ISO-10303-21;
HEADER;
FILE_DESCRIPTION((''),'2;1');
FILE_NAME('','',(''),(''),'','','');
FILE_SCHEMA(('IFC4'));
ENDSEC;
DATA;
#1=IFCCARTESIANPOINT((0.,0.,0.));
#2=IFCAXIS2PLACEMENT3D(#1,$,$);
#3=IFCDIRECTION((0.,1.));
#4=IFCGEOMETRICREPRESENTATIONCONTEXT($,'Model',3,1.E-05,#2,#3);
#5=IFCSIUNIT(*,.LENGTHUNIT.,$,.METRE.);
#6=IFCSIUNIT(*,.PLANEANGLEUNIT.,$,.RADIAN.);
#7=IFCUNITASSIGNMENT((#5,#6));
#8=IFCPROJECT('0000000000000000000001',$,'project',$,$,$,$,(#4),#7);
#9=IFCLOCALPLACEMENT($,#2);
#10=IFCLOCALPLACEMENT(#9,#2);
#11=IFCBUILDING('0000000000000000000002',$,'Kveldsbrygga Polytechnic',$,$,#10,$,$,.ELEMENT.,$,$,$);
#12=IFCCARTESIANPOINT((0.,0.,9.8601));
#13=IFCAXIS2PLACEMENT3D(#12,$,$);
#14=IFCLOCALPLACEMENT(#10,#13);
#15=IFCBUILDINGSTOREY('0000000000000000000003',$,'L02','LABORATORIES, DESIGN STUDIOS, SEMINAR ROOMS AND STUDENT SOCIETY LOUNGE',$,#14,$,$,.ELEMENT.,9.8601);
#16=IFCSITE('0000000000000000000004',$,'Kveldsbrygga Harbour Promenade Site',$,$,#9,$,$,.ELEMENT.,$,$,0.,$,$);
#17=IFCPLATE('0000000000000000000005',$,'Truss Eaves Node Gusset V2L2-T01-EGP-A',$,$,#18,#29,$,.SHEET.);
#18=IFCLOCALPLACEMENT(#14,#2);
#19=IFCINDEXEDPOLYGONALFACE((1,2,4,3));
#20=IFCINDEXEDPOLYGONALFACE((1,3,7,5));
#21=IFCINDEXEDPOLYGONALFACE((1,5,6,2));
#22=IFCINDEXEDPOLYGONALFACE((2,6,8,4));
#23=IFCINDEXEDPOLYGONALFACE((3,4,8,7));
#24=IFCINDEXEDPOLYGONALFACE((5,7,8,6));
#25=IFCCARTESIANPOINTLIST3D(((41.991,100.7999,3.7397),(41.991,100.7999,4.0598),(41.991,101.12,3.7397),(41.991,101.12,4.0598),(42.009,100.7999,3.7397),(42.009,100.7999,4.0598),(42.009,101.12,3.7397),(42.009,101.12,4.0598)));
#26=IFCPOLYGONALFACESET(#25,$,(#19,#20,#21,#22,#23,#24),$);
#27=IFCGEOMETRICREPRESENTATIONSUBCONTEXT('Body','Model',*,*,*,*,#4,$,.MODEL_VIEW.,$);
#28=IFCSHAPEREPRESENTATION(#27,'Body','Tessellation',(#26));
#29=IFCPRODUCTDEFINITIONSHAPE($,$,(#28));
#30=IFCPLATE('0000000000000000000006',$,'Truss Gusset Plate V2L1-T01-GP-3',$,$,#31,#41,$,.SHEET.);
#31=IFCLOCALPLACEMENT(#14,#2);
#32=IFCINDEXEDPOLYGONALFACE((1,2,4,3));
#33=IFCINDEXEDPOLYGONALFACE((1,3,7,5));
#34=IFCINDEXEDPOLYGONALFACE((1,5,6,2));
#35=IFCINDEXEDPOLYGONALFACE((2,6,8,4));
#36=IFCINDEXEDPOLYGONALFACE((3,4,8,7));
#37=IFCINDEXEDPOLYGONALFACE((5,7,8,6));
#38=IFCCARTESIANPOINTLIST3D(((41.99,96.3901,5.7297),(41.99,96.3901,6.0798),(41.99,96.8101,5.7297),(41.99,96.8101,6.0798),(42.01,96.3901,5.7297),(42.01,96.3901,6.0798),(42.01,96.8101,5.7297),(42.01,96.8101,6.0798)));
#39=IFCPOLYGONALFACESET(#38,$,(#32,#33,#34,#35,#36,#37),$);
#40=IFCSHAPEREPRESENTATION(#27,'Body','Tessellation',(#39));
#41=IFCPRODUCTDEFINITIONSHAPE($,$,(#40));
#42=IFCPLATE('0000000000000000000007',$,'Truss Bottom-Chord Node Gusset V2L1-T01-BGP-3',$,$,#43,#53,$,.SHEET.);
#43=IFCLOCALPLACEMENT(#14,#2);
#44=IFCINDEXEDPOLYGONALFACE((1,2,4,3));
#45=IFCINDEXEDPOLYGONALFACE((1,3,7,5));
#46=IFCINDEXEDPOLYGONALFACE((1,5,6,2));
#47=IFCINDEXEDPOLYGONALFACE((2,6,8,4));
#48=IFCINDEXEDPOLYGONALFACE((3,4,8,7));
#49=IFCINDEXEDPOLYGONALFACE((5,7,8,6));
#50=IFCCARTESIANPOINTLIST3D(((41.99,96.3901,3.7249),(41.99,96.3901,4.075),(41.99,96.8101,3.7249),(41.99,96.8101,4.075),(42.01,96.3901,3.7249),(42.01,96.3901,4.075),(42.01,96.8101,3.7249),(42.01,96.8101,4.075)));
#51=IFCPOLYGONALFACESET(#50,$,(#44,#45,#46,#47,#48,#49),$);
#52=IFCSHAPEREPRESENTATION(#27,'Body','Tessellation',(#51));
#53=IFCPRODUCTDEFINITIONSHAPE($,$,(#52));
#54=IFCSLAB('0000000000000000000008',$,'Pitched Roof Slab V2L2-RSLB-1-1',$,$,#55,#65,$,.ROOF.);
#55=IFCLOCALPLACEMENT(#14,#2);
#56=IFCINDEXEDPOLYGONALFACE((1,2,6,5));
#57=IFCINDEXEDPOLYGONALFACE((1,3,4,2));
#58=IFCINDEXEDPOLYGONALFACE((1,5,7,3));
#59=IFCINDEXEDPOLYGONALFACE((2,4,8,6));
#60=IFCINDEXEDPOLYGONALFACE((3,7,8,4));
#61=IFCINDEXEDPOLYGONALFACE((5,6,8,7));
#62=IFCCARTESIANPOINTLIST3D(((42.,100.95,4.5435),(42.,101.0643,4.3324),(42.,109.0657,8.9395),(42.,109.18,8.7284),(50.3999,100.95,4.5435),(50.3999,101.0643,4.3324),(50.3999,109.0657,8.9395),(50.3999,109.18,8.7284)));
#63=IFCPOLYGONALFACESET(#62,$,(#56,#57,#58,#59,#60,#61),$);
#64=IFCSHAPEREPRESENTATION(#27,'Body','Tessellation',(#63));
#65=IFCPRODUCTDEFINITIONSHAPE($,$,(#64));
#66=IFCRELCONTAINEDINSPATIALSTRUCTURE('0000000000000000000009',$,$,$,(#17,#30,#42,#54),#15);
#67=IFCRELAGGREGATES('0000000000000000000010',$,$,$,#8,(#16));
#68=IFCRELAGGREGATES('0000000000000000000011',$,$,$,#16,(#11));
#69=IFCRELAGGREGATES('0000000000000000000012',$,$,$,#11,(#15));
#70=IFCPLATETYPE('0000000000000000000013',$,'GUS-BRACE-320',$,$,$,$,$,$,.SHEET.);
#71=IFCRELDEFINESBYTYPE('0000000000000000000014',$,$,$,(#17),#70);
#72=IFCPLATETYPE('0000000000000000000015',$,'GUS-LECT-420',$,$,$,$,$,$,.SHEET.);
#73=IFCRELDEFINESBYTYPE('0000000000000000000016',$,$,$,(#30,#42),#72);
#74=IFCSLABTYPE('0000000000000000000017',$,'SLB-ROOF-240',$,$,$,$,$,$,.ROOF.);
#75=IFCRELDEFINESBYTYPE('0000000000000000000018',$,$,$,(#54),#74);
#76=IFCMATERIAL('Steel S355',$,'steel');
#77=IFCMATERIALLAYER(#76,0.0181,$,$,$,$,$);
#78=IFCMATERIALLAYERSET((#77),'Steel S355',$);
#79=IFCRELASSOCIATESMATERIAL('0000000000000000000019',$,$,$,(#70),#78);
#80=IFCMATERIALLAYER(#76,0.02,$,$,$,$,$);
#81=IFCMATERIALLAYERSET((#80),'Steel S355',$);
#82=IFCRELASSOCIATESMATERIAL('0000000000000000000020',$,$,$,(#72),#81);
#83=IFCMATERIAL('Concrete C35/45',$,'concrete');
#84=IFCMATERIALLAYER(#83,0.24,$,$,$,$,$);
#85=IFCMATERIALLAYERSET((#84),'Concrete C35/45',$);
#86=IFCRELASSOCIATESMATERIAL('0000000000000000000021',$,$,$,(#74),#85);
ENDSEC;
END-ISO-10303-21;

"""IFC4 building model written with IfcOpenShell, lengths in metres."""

from ifc_helpers import new_model, si_unit, direction, frame, origin, origin_2d, place, context, subcontext, project, spatial, polyline, rectangle, outline, extrude, material, layer, layer_set, type_object, element, save


model = new_model("IFC4")

# Units and contexts
model_context = context("Model", 3, precision=1e-05, world=origin(), true_north=direction((0.0, 1.0)))
body_context = subcontext(model_context, "Body", "Model", "MODEL_VIEW")
ifc_project = project(units=[si_unit("LENGTHUNIT", "METRE"), si_unit("PLANEANGLEUNIT", "RADIAN")], contexts=[model_context])

# Site, building, storey
site_placement = place(None, origin())
site = spatial("IfcSite", under=ifc_project, at=site_placement, Name="Kveldsbrygga Harbour Promenade Site", CompositionType="ELEMENT", RefElevation=0.0)
building_placement = place(site_placement, origin())
building = spatial("IfcBuilding", under=site, at=building_placement, Name="Kveldsbrygga Polytechnic", CompositionType="ELEMENT")
storey_placement = place(building_placement, frame((0.0, 0.0, 9.8601)))
storey = spatial("IfcBuildingStorey", under=building, at=storey_placement, Name="L02", Description="LABORATORIES, DESIGN STUDIOS, SEMINAR ROOMS AND STUDENT SOCIETY LOUNGE", CompositionType="ELEMENT", Elevation=9.8601)

# Shared definitions
ifc_material_1 = material(Name="Steel S355", Category="steel")

# Plates
ifc_layer_1 = layer(ifc_material_1, 0.0181)
ifc_layer_set_1 = layer_set([ifc_layer_1], Name="Steel S355")
plate_type_1 = type_object("IfcPlateType", Name="GUS-BRACE-320", PredefinedType="SHEET", material=ifc_layer_set_1)
for number, where, z_axis, x_axis, name in (
    (1, (42.0, 100.96, 3.7397), (0.0, 0.0, 1.0), (1.0, 0.0, 0.0), "Truss Eaves Node Gusset V2L2-T01-EGP-A"),
):
    element("IfcPlate", number, at=place(storey_placement, frame(where, z_axis=z_axis, x_axis=x_axis)), inside=storey, type_object=plate_type_1, Name=name, PredefinedType="SHEET", context=body_context, shape_type="SweptSolid", body=[
        extrude(rectangle(XDim=0.0181, YDim=0.3201, at=origin_2d()), origin(), (0.0, 0.0, 1.0), 0.3201),
    ])
ifc_layer_2 = layer(ifc_material_1, 0.02)
ifc_layer_set_2 = layer_set([ifc_layer_2], Name="Steel S355")
plate_type_2 = type_object("IfcPlateType", Name="GUS-LECT-420", PredefinedType="SHEET", material=ifc_layer_set_2)
for number, where, z_axis, x_axis, name in (
    (2, (42.0, 96.6001, 5.7297), (0.0, 0.0, 1.0), (1.0, 0.0, 0.0), "Truss Gusset Plate V2L1-T01-GP-3"),
    (3, (42.0, 96.6001, 3.7249), (0.0, 0.0, 1.0), (1.0, 0.0, 0.0), "Truss Bottom-Chord Node Gusset V2L1-T01-BGP-3"),
):
    element("IfcPlate", number, at=place(storey_placement, frame(where, z_axis=z_axis, x_axis=x_axis)), inside=storey, type_object=plate_type_2, Name=name, PredefinedType="SHEET", context=body_context, shape_type="SweptSolid", body=[
        extrude(rectangle(XDim=0.02, YDim=0.4199, at=origin_2d()), origin(), (0.0, 0.0, 1.0), 0.3501),
    ])

# Slab
ifc_material_2 = material(Name="Concrete C35/45", Category="concrete")
ifc_layer_3 = layer(ifc_material_2, 0.24)
ifc_layer_set_3 = layer_set([ifc_layer_3], Name="Concrete C35/45")
slab_type = type_object("IfcSlabType", Name="SLB-ROOF-240", PredefinedType="ROOF", material=ifc_layer_set_3)
slab_placement = place(storey_placement, frame((42.0, 100.95, 4.5435), z_axis=(0.0, -0.476281, 0.879293), x_axis=(1.0, 0.0, 0.0)))
element("IfcSlab", 4, at=slab_placement, inside=storey, type_object=slab_type, Name="Pitched Roof Slab V2L2-RSLB-1-1", PredefinedType="ROOF", context=body_context, shape_type="SweptSolid", body=[
    extrude(outline(polyline([(0.0, 0.0), (8.3999, 0.0), (8.3999, 9.2298), (0.0, 9.2298), (0.0, 0.0)])), origin(), (0.0, 0.0, -1.0), 0.24),
])

save(model, "model.ifc")
